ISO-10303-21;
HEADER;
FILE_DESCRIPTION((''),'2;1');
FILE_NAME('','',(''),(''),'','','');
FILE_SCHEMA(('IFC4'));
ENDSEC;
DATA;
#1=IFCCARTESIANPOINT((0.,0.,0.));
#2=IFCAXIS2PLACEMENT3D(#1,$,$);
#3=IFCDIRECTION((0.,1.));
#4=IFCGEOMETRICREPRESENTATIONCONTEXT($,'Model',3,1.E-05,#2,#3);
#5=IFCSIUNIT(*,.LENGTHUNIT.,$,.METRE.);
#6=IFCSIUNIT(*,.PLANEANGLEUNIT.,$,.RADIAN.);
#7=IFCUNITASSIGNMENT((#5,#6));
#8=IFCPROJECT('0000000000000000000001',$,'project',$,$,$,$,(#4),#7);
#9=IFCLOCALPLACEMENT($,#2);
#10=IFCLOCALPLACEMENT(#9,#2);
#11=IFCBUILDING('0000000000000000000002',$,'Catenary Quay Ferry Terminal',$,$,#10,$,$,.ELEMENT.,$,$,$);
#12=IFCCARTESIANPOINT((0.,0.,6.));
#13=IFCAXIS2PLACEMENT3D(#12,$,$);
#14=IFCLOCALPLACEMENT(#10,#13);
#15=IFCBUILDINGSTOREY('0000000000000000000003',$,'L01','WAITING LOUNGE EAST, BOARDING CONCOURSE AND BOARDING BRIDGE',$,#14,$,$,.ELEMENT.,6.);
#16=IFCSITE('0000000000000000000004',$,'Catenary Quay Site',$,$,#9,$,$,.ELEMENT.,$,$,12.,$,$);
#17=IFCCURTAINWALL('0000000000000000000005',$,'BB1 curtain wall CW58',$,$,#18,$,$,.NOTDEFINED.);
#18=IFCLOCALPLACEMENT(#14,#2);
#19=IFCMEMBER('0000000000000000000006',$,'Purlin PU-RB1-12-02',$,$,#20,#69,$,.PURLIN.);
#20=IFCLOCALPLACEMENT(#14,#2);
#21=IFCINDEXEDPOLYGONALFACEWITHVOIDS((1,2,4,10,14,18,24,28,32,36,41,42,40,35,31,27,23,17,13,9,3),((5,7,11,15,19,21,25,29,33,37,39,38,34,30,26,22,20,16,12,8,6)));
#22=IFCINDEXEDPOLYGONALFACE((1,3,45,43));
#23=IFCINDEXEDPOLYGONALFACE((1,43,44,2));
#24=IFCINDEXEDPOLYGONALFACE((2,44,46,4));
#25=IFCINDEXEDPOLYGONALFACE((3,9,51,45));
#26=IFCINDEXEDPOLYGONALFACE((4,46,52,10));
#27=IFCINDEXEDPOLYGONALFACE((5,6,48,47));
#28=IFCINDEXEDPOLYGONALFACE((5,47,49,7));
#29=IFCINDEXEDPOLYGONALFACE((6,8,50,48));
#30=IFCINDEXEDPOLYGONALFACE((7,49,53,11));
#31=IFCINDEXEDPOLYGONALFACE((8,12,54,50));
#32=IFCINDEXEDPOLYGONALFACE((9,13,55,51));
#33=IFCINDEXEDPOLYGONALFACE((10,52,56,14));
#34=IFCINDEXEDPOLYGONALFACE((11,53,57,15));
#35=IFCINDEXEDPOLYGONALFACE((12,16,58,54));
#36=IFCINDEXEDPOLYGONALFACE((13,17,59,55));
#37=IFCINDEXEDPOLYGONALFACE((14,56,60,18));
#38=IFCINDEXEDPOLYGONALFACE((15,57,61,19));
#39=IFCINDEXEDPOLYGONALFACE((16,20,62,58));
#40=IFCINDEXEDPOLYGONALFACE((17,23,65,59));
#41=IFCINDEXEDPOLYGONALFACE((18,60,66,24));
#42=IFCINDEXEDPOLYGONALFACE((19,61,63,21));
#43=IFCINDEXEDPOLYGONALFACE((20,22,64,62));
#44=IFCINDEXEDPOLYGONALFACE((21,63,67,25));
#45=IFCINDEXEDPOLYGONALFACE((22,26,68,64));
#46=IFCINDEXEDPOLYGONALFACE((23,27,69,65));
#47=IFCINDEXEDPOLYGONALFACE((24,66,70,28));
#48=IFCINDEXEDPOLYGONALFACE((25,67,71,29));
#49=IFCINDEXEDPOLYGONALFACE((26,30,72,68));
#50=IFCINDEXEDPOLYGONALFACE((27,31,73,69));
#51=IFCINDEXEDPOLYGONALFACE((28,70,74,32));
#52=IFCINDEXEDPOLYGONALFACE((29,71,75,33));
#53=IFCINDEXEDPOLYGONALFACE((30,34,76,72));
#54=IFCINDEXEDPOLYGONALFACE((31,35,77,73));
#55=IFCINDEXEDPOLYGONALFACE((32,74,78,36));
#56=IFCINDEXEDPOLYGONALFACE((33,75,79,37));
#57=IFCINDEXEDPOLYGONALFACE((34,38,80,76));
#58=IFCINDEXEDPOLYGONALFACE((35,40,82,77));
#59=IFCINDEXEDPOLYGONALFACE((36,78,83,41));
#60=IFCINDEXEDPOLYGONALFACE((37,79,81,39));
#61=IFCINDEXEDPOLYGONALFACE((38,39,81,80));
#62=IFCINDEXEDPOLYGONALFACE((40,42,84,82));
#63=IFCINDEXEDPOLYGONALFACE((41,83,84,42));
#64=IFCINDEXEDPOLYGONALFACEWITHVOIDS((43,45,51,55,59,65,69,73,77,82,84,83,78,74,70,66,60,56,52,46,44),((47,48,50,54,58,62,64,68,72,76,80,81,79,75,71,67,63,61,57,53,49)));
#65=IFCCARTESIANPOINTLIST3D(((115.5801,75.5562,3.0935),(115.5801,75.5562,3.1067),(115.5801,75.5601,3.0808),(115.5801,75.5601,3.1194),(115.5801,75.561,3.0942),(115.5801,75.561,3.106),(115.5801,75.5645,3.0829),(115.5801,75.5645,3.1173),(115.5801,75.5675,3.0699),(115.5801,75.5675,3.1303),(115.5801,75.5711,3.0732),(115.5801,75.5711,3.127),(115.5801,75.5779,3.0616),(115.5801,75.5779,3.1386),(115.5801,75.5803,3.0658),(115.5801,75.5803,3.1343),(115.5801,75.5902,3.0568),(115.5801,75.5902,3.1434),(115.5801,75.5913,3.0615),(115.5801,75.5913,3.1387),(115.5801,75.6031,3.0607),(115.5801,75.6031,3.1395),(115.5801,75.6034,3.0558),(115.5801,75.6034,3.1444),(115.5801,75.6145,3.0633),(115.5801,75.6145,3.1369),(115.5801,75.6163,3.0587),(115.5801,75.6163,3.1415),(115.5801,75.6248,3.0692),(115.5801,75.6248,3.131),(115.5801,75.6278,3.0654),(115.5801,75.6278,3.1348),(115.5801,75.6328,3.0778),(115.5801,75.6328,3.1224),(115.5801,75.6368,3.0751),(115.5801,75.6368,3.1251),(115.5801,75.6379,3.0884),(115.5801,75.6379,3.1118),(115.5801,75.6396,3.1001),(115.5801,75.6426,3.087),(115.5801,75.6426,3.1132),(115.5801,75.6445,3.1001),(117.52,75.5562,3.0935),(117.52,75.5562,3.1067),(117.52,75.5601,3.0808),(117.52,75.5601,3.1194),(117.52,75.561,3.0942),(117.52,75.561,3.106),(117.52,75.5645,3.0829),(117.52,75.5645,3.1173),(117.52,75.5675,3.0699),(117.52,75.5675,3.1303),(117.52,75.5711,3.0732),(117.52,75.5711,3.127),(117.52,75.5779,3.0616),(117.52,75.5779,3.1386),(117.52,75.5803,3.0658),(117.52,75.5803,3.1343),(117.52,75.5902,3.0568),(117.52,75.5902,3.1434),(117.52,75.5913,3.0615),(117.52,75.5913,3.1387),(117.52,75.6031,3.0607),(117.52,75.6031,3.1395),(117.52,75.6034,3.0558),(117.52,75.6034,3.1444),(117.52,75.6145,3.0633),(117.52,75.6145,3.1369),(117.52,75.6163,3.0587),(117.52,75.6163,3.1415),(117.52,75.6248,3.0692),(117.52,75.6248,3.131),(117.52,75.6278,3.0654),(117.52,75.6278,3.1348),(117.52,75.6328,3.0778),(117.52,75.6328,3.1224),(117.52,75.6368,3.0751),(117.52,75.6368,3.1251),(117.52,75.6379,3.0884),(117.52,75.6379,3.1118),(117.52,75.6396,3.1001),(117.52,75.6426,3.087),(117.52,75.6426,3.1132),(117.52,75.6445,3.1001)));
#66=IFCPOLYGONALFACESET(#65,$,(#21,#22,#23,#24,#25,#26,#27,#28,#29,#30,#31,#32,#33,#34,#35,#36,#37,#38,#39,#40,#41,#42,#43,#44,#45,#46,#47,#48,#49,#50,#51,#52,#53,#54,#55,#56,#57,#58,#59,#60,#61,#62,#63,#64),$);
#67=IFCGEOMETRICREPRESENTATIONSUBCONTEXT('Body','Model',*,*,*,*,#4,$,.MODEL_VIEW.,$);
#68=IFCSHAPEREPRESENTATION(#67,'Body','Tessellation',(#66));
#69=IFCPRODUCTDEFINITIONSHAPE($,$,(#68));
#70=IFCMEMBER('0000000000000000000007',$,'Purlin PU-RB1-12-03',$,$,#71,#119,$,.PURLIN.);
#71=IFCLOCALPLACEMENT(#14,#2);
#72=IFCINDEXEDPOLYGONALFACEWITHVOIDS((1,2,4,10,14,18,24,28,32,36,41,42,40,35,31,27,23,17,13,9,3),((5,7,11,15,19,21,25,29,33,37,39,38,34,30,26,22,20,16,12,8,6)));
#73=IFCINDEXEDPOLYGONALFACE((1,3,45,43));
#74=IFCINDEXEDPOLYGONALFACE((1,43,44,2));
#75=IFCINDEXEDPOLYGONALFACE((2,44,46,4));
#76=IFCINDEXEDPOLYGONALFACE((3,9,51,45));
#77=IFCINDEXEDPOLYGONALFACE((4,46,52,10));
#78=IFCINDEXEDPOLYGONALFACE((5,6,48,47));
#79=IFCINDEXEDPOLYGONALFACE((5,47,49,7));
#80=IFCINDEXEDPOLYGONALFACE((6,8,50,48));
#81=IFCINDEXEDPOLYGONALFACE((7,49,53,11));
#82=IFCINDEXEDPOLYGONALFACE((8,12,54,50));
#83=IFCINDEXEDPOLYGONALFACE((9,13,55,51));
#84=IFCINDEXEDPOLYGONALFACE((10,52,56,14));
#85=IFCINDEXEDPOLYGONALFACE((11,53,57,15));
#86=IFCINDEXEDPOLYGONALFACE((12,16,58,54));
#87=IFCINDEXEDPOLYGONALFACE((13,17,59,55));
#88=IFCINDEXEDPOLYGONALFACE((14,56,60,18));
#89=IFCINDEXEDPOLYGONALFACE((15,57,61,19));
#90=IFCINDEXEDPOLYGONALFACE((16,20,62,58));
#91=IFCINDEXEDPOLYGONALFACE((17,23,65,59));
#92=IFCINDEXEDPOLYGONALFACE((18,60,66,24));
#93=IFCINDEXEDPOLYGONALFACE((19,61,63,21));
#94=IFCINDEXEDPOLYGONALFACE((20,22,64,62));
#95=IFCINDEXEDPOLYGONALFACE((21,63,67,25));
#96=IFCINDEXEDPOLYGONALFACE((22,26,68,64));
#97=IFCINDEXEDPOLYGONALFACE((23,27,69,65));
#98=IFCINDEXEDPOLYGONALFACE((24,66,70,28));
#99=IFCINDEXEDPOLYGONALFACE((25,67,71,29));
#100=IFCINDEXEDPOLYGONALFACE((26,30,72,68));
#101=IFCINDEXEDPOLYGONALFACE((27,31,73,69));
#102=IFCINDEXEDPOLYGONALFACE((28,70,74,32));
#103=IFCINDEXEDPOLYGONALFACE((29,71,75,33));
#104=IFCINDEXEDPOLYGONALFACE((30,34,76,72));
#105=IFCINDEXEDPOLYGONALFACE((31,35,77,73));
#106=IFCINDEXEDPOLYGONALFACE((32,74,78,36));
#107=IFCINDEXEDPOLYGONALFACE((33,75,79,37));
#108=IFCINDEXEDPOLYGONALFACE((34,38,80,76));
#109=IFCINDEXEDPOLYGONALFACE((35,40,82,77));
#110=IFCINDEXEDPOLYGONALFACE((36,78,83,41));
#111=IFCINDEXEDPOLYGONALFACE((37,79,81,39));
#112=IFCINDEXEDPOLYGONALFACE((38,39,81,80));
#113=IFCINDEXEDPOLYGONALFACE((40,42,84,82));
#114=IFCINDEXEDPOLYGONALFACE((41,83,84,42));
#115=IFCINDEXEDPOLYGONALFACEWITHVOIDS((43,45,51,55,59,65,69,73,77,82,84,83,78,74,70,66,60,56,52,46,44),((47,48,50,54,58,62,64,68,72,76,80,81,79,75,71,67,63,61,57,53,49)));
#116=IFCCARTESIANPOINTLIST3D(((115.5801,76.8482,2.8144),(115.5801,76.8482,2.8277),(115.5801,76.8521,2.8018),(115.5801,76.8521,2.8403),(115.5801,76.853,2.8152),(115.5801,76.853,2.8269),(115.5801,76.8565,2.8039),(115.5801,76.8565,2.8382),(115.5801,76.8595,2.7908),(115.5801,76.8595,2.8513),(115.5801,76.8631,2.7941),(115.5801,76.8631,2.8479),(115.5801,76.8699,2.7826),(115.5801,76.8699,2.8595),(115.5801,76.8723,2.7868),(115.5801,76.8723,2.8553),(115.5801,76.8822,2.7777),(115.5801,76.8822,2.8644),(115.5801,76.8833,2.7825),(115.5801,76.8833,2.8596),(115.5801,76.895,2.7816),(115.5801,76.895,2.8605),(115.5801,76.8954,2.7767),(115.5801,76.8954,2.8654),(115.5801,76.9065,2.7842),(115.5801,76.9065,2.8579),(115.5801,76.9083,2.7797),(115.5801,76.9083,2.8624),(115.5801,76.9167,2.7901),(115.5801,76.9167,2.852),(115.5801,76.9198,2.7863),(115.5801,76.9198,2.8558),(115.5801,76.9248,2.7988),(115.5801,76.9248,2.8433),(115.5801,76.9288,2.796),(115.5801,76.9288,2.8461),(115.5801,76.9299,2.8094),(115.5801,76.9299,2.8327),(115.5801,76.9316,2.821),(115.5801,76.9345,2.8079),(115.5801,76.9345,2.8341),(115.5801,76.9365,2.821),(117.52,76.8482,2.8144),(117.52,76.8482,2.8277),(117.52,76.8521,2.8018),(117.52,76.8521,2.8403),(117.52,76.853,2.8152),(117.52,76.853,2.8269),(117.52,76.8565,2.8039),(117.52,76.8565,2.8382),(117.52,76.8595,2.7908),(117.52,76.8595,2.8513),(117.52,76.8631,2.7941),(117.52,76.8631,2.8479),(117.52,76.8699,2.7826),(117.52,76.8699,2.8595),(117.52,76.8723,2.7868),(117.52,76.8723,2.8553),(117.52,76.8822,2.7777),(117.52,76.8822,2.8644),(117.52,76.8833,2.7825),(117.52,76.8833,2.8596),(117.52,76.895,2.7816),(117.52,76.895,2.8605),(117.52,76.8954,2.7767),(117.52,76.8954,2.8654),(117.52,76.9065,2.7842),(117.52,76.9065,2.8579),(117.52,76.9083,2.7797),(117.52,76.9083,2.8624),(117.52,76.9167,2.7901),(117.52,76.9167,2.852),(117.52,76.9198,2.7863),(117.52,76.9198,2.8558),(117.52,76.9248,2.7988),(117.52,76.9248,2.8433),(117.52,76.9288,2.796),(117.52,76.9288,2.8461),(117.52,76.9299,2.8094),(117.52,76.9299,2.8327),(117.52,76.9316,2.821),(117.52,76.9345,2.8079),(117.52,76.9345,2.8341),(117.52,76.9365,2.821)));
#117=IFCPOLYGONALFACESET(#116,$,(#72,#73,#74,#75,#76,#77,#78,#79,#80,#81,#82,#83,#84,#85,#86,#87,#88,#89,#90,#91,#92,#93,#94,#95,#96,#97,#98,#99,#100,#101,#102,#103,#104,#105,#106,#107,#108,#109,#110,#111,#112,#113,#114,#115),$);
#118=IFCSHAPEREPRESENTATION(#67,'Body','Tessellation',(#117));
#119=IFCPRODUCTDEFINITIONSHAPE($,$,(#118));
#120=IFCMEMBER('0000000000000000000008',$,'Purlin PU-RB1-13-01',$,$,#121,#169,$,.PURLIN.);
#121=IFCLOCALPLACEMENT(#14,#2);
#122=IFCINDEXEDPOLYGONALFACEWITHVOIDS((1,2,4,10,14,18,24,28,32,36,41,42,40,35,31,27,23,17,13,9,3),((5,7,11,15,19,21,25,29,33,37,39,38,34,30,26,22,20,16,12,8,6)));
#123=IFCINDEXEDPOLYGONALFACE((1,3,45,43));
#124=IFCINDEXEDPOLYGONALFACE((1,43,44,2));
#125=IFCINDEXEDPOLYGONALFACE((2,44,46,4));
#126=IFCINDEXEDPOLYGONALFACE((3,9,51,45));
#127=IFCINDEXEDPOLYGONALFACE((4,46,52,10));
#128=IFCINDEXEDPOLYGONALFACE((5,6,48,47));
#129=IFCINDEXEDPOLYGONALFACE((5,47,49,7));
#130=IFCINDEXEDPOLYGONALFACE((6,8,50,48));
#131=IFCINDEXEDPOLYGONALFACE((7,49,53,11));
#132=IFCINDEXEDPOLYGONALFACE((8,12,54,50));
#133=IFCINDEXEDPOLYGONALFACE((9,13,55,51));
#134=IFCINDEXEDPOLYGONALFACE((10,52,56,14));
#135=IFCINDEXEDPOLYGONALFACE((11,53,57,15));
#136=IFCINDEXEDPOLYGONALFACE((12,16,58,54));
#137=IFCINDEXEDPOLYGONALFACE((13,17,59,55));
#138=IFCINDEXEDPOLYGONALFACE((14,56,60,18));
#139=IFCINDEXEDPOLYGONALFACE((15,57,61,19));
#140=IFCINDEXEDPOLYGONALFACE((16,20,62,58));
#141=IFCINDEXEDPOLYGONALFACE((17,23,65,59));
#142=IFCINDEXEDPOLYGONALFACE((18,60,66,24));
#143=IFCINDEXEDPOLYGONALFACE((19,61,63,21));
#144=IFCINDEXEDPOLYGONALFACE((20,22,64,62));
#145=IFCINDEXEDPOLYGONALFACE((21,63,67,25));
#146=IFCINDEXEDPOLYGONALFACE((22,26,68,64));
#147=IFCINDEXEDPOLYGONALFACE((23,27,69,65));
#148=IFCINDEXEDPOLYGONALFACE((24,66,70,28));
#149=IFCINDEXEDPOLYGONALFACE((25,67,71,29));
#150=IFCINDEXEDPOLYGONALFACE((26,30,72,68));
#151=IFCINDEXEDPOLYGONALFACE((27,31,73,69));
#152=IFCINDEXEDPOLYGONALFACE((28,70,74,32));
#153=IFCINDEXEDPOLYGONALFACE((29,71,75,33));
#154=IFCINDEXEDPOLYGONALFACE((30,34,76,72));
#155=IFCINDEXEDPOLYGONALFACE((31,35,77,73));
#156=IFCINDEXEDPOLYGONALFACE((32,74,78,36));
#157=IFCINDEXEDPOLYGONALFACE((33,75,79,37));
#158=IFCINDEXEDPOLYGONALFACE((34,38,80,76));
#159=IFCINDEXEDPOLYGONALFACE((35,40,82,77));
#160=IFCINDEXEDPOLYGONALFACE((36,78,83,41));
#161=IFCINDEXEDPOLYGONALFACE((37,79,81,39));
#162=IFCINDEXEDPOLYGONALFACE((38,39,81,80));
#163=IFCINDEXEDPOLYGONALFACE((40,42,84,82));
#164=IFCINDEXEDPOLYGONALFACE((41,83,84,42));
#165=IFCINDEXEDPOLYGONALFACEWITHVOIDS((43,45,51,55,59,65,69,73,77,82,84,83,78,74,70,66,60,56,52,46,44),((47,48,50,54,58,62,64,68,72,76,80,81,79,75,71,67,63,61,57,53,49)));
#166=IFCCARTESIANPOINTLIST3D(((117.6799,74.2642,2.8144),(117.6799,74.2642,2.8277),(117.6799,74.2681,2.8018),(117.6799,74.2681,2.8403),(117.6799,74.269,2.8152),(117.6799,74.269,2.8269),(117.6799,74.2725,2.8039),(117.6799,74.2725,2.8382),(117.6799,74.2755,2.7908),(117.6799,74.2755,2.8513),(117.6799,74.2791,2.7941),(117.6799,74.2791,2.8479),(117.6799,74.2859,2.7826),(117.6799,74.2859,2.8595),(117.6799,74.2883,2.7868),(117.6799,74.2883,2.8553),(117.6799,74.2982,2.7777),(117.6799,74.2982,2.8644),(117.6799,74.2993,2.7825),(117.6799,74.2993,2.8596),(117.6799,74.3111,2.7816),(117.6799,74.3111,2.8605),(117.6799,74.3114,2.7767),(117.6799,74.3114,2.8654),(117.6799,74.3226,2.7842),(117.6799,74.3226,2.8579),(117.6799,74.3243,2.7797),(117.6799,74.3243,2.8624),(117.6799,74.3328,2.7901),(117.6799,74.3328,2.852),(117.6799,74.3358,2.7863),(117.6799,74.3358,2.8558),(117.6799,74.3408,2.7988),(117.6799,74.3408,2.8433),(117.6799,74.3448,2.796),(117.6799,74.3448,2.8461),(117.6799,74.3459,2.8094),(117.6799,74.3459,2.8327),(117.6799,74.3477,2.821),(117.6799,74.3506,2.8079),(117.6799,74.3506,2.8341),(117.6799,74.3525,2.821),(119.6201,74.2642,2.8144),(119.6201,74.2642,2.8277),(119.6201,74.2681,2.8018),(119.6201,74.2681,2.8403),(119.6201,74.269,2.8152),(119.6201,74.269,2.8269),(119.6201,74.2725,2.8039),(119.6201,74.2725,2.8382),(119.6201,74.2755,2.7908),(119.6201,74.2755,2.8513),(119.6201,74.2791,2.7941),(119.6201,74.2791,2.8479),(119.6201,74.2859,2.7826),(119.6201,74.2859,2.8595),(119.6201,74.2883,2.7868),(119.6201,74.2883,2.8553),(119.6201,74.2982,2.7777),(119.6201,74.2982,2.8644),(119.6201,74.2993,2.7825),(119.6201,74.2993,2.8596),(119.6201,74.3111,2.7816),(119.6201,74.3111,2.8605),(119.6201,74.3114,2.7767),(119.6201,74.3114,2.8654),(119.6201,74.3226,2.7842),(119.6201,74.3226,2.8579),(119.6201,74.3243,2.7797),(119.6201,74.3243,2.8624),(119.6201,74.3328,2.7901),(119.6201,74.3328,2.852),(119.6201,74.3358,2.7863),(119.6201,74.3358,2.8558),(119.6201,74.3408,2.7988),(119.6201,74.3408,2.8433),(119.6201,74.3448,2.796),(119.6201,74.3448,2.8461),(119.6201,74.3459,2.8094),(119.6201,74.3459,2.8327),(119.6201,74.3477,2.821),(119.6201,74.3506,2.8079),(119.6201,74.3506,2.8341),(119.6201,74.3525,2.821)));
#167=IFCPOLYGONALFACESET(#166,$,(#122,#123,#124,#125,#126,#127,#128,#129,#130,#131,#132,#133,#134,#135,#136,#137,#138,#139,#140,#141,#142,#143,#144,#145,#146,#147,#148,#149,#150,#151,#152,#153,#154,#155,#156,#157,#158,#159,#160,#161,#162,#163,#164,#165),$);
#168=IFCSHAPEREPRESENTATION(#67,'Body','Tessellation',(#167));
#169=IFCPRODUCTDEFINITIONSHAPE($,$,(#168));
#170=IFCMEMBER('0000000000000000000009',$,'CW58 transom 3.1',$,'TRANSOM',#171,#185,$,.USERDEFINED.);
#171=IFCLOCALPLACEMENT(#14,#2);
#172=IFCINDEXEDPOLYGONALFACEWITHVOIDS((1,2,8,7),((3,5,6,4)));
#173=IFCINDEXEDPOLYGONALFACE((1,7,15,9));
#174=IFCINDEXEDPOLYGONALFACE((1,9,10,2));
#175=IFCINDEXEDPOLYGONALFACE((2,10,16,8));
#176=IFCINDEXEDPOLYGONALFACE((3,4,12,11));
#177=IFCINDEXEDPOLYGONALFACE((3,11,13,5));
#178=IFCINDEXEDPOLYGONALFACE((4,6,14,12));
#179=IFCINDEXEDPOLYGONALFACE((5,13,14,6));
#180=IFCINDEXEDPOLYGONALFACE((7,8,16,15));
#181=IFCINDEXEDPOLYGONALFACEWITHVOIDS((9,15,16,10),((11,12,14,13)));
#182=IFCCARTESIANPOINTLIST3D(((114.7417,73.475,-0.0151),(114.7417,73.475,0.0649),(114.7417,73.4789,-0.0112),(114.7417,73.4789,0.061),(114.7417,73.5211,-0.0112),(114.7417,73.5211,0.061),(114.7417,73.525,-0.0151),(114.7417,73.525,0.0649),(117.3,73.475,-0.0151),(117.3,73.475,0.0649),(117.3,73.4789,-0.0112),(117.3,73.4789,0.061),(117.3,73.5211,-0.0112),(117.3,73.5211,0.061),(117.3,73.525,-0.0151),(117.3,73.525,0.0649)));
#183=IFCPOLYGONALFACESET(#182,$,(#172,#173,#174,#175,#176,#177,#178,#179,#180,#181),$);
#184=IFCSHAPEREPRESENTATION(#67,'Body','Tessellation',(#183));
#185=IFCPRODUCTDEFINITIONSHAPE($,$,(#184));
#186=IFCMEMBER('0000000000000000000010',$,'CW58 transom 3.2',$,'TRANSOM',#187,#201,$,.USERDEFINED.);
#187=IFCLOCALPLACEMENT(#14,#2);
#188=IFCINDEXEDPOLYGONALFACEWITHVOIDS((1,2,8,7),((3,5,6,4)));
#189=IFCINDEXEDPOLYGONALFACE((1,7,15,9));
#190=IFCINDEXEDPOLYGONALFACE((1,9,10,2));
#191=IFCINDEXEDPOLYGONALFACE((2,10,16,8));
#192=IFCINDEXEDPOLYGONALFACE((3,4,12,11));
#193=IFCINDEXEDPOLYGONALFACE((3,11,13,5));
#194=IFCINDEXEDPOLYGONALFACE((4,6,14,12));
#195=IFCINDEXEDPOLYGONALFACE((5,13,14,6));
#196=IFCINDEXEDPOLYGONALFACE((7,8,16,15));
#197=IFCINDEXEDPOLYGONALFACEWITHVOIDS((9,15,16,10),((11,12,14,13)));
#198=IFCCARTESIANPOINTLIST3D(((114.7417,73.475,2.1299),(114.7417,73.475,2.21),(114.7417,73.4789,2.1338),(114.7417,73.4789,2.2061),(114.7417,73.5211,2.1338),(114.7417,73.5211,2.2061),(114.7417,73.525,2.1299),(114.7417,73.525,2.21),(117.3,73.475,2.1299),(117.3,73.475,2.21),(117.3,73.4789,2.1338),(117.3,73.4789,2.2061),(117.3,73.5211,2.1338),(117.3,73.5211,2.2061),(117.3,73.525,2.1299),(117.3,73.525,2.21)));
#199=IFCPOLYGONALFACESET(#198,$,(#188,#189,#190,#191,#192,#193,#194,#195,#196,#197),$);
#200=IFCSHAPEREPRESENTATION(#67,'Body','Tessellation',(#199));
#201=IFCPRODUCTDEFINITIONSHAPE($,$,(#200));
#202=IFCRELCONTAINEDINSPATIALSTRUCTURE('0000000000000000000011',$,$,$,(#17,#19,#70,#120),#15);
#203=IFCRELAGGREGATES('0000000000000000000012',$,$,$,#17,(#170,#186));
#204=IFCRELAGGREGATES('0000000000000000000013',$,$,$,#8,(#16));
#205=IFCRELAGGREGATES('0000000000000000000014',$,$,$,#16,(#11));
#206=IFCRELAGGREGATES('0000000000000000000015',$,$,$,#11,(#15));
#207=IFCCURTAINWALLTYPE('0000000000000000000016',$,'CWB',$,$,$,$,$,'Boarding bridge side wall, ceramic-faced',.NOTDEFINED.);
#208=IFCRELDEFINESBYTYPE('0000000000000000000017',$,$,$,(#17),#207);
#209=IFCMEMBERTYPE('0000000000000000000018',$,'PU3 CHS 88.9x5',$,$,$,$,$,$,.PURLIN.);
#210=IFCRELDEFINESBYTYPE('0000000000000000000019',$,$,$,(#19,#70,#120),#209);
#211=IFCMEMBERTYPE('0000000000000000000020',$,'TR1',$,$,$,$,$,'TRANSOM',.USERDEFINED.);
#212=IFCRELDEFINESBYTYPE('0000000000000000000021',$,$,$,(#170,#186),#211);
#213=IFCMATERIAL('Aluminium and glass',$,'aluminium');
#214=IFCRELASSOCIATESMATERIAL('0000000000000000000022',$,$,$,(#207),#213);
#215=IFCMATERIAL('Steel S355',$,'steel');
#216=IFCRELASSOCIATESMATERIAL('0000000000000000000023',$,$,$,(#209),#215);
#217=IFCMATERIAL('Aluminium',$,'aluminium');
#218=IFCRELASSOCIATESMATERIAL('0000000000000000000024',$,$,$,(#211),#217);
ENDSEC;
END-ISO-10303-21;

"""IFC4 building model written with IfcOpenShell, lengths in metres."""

from ifc_helpers import new_model, si_unit, direction, frame, origin, origin_2d, place, context, subcontext, project, spatial, hollow_rectangle, hollow_circle, extrude, material, material_profile, profile_set, type_object, element, aggregate, save


model = new_model("IFC4")

# Units and contexts
model_context = context("Model", 3, precision=1e-05, world=origin(), true_north=direction((0.0, 1.0)))
body_context = subcontext(model_context, "Body", "Model", "MODEL_VIEW")
ifc_project = project(units=[si_unit("LENGTHUNIT", "METRE"), si_unit("PLANEANGLEUNIT", "RADIAN")], contexts=[model_context])

# Site, building, storey
site_placement = place(None, origin())
site = spatial("IfcSite", under=ifc_project, at=site_placement, Name="Catenary Quay Site", CompositionType="ELEMENT", RefElevation=12.0)
building_placement = place(site_placement, origin())
building = spatial("IfcBuilding", under=site, at=building_placement, Name="Catenary Quay Ferry Terminal", CompositionType="ELEMENT")
storey_placement = place(building_placement, frame((0.0, 0.0, 6.0)))
storey = spatial("IfcBuildingStorey", under=building, at=storey_placement, Name="L01", Description="WAITING LOUNGE EAST, BOARDING CONCOURSE AND BOARDING BRIDGE", CompositionType="ELEMENT", Elevation=6.0)

# Curtain wall
ifc_material_1 = material(Name="Aluminium and glass", Category="aluminium")
curtain_wall_type = type_object("IfcCurtainWallType", Name="CWB", ElementType="Boarding bridge side wall, ceramic-faced", PredefinedType="NOTDEFINED", material=ifc_material_1)
curtain_wall_placement = place(storey_placement, origin())
curtain_wall = element("IfcCurtainWall", 1, at=curtain_wall_placement, inside=storey, type_object=curtain_wall_type, Name="BB1 curtain wall CW58", PredefinedType="NOTDEFINED")

# Members
ifc_material_2 = material(Name="Steel S355", Category="steel")
ifc_material_profile_1 = material_profile(ifc_material_2, hollow_circle(Radius=0.0444, WallThickness=0.0049, at=origin_2d()), Name="CHS 88.9x5")
ifc_profile_set_1 = profile_set([ifc_material_profile_1], Name="Steel S355")
member_type_1 = type_object("IfcMemberType", Name="PU3 CHS 88.9x5", PredefinedType="PURLIN", material=ifc_profile_set_1)
for number, where, z_axis, x_axis, name in (
    (2, (115.5801, 75.6001, 3.1001), (1.0, 0.0, 0.0), (0.0, 1.0, 0.0), "Purlin PU-RB1-12-02"),
    (3, (115.5801, 76.8921, 2.821), (1.0, 0.0, 0.0), (0.0, 1.0, 0.0), "Purlin PU-RB1-12-03"),
):
    element("IfcMember", number, at=place(storey_placement, frame(where, z_axis=z_axis, x_axis=x_axis)), inside=storey, type_object=member_type_1, Name=name, PredefinedType="PURLIN", context=body_context, shape_type="SweptSolid", body=[
        extrude(hollow_circle(Radius=0.0444, WallThickness=0.0049, at=origin_2d()), origin(), (0.0, 0.0, 1.0), 1.9399),
    ])
member_1_placement = place(storey_placement, frame((117.6799, 74.3081, 2.821), z_axis=(1.0, 0.0, 0.0), x_axis=(0.0, 1.0, 0.0)))
element("IfcMember", 4, at=member_1_placement, inside=storey, type_object=member_type_1, Name="Purlin PU-RB1-13-01", PredefinedType="PURLIN", context=body_context, shape_type="SweptSolid", body=[
    extrude(hollow_circle(Radius=0.0444, WallThickness=0.0049, at=origin_2d()), origin(), (0.0, 0.0, 1.0), 1.9402),
])

# Members
ifc_material_3 = material(Name="Aluminium", Category="aluminium")
ifc_material_profile_2 = material_profile(ifc_material_3, hollow_rectangle(XDim=0.05, YDim=0.0801, WallThickness=0.0039, at=origin_2d()), Name="TR1")
ifc_profile_set_2 = profile_set([ifc_material_profile_2], Name="Aluminium")
member_type_2 = type_object("IfcMemberType", Name="TR1", ElementType="TRANSOM", PredefinedType="USERDEFINED", material=ifc_profile_set_2)
member_2_placement = place(storey_placement, frame((114.7417, 73.5, 0.0249), z_axis=(1.0, 0.0, 0.0), x_axis=(0.0, 1.0, 0.0)))
member_2 = element("IfcMember", 5, at=member_2_placement, type_object=member_type_2, Name="CW58 transom 3.1", ObjectType="TRANSOM", PredefinedType="USERDEFINED", context=body_context, shape_type="SweptSolid", body=[
    extrude(hollow_rectangle(XDim=0.05, YDim=0.0801, WallThickness=0.0039, at=origin_2d()), origin(), (0.0, 0.0, 1.0), 2.5583),
])
member_3_placement = place(storey_placement, frame((114.7417, 73.5, 2.1699), z_axis=(1.0, 0.0, 0.0), x_axis=(0.0, 1.0, 0.0)))
member_3 = element("IfcMember", 6, at=member_3_placement, type_object=member_type_2, Name="CW58 transom 3.2", ObjectType="TRANSOM", PredefinedType="USERDEFINED", context=body_context, shape_type="SweptSolid", body=[
    extrude(hollow_rectangle(XDim=0.05, YDim=0.0801, WallThickness=0.0039, at=origin_2d()), origin(), (0.0, 0.0, 1.0), 2.5583),
])

aggregate(curtain_wall, [member_2, member_3])

save(model, "model.ifc")
